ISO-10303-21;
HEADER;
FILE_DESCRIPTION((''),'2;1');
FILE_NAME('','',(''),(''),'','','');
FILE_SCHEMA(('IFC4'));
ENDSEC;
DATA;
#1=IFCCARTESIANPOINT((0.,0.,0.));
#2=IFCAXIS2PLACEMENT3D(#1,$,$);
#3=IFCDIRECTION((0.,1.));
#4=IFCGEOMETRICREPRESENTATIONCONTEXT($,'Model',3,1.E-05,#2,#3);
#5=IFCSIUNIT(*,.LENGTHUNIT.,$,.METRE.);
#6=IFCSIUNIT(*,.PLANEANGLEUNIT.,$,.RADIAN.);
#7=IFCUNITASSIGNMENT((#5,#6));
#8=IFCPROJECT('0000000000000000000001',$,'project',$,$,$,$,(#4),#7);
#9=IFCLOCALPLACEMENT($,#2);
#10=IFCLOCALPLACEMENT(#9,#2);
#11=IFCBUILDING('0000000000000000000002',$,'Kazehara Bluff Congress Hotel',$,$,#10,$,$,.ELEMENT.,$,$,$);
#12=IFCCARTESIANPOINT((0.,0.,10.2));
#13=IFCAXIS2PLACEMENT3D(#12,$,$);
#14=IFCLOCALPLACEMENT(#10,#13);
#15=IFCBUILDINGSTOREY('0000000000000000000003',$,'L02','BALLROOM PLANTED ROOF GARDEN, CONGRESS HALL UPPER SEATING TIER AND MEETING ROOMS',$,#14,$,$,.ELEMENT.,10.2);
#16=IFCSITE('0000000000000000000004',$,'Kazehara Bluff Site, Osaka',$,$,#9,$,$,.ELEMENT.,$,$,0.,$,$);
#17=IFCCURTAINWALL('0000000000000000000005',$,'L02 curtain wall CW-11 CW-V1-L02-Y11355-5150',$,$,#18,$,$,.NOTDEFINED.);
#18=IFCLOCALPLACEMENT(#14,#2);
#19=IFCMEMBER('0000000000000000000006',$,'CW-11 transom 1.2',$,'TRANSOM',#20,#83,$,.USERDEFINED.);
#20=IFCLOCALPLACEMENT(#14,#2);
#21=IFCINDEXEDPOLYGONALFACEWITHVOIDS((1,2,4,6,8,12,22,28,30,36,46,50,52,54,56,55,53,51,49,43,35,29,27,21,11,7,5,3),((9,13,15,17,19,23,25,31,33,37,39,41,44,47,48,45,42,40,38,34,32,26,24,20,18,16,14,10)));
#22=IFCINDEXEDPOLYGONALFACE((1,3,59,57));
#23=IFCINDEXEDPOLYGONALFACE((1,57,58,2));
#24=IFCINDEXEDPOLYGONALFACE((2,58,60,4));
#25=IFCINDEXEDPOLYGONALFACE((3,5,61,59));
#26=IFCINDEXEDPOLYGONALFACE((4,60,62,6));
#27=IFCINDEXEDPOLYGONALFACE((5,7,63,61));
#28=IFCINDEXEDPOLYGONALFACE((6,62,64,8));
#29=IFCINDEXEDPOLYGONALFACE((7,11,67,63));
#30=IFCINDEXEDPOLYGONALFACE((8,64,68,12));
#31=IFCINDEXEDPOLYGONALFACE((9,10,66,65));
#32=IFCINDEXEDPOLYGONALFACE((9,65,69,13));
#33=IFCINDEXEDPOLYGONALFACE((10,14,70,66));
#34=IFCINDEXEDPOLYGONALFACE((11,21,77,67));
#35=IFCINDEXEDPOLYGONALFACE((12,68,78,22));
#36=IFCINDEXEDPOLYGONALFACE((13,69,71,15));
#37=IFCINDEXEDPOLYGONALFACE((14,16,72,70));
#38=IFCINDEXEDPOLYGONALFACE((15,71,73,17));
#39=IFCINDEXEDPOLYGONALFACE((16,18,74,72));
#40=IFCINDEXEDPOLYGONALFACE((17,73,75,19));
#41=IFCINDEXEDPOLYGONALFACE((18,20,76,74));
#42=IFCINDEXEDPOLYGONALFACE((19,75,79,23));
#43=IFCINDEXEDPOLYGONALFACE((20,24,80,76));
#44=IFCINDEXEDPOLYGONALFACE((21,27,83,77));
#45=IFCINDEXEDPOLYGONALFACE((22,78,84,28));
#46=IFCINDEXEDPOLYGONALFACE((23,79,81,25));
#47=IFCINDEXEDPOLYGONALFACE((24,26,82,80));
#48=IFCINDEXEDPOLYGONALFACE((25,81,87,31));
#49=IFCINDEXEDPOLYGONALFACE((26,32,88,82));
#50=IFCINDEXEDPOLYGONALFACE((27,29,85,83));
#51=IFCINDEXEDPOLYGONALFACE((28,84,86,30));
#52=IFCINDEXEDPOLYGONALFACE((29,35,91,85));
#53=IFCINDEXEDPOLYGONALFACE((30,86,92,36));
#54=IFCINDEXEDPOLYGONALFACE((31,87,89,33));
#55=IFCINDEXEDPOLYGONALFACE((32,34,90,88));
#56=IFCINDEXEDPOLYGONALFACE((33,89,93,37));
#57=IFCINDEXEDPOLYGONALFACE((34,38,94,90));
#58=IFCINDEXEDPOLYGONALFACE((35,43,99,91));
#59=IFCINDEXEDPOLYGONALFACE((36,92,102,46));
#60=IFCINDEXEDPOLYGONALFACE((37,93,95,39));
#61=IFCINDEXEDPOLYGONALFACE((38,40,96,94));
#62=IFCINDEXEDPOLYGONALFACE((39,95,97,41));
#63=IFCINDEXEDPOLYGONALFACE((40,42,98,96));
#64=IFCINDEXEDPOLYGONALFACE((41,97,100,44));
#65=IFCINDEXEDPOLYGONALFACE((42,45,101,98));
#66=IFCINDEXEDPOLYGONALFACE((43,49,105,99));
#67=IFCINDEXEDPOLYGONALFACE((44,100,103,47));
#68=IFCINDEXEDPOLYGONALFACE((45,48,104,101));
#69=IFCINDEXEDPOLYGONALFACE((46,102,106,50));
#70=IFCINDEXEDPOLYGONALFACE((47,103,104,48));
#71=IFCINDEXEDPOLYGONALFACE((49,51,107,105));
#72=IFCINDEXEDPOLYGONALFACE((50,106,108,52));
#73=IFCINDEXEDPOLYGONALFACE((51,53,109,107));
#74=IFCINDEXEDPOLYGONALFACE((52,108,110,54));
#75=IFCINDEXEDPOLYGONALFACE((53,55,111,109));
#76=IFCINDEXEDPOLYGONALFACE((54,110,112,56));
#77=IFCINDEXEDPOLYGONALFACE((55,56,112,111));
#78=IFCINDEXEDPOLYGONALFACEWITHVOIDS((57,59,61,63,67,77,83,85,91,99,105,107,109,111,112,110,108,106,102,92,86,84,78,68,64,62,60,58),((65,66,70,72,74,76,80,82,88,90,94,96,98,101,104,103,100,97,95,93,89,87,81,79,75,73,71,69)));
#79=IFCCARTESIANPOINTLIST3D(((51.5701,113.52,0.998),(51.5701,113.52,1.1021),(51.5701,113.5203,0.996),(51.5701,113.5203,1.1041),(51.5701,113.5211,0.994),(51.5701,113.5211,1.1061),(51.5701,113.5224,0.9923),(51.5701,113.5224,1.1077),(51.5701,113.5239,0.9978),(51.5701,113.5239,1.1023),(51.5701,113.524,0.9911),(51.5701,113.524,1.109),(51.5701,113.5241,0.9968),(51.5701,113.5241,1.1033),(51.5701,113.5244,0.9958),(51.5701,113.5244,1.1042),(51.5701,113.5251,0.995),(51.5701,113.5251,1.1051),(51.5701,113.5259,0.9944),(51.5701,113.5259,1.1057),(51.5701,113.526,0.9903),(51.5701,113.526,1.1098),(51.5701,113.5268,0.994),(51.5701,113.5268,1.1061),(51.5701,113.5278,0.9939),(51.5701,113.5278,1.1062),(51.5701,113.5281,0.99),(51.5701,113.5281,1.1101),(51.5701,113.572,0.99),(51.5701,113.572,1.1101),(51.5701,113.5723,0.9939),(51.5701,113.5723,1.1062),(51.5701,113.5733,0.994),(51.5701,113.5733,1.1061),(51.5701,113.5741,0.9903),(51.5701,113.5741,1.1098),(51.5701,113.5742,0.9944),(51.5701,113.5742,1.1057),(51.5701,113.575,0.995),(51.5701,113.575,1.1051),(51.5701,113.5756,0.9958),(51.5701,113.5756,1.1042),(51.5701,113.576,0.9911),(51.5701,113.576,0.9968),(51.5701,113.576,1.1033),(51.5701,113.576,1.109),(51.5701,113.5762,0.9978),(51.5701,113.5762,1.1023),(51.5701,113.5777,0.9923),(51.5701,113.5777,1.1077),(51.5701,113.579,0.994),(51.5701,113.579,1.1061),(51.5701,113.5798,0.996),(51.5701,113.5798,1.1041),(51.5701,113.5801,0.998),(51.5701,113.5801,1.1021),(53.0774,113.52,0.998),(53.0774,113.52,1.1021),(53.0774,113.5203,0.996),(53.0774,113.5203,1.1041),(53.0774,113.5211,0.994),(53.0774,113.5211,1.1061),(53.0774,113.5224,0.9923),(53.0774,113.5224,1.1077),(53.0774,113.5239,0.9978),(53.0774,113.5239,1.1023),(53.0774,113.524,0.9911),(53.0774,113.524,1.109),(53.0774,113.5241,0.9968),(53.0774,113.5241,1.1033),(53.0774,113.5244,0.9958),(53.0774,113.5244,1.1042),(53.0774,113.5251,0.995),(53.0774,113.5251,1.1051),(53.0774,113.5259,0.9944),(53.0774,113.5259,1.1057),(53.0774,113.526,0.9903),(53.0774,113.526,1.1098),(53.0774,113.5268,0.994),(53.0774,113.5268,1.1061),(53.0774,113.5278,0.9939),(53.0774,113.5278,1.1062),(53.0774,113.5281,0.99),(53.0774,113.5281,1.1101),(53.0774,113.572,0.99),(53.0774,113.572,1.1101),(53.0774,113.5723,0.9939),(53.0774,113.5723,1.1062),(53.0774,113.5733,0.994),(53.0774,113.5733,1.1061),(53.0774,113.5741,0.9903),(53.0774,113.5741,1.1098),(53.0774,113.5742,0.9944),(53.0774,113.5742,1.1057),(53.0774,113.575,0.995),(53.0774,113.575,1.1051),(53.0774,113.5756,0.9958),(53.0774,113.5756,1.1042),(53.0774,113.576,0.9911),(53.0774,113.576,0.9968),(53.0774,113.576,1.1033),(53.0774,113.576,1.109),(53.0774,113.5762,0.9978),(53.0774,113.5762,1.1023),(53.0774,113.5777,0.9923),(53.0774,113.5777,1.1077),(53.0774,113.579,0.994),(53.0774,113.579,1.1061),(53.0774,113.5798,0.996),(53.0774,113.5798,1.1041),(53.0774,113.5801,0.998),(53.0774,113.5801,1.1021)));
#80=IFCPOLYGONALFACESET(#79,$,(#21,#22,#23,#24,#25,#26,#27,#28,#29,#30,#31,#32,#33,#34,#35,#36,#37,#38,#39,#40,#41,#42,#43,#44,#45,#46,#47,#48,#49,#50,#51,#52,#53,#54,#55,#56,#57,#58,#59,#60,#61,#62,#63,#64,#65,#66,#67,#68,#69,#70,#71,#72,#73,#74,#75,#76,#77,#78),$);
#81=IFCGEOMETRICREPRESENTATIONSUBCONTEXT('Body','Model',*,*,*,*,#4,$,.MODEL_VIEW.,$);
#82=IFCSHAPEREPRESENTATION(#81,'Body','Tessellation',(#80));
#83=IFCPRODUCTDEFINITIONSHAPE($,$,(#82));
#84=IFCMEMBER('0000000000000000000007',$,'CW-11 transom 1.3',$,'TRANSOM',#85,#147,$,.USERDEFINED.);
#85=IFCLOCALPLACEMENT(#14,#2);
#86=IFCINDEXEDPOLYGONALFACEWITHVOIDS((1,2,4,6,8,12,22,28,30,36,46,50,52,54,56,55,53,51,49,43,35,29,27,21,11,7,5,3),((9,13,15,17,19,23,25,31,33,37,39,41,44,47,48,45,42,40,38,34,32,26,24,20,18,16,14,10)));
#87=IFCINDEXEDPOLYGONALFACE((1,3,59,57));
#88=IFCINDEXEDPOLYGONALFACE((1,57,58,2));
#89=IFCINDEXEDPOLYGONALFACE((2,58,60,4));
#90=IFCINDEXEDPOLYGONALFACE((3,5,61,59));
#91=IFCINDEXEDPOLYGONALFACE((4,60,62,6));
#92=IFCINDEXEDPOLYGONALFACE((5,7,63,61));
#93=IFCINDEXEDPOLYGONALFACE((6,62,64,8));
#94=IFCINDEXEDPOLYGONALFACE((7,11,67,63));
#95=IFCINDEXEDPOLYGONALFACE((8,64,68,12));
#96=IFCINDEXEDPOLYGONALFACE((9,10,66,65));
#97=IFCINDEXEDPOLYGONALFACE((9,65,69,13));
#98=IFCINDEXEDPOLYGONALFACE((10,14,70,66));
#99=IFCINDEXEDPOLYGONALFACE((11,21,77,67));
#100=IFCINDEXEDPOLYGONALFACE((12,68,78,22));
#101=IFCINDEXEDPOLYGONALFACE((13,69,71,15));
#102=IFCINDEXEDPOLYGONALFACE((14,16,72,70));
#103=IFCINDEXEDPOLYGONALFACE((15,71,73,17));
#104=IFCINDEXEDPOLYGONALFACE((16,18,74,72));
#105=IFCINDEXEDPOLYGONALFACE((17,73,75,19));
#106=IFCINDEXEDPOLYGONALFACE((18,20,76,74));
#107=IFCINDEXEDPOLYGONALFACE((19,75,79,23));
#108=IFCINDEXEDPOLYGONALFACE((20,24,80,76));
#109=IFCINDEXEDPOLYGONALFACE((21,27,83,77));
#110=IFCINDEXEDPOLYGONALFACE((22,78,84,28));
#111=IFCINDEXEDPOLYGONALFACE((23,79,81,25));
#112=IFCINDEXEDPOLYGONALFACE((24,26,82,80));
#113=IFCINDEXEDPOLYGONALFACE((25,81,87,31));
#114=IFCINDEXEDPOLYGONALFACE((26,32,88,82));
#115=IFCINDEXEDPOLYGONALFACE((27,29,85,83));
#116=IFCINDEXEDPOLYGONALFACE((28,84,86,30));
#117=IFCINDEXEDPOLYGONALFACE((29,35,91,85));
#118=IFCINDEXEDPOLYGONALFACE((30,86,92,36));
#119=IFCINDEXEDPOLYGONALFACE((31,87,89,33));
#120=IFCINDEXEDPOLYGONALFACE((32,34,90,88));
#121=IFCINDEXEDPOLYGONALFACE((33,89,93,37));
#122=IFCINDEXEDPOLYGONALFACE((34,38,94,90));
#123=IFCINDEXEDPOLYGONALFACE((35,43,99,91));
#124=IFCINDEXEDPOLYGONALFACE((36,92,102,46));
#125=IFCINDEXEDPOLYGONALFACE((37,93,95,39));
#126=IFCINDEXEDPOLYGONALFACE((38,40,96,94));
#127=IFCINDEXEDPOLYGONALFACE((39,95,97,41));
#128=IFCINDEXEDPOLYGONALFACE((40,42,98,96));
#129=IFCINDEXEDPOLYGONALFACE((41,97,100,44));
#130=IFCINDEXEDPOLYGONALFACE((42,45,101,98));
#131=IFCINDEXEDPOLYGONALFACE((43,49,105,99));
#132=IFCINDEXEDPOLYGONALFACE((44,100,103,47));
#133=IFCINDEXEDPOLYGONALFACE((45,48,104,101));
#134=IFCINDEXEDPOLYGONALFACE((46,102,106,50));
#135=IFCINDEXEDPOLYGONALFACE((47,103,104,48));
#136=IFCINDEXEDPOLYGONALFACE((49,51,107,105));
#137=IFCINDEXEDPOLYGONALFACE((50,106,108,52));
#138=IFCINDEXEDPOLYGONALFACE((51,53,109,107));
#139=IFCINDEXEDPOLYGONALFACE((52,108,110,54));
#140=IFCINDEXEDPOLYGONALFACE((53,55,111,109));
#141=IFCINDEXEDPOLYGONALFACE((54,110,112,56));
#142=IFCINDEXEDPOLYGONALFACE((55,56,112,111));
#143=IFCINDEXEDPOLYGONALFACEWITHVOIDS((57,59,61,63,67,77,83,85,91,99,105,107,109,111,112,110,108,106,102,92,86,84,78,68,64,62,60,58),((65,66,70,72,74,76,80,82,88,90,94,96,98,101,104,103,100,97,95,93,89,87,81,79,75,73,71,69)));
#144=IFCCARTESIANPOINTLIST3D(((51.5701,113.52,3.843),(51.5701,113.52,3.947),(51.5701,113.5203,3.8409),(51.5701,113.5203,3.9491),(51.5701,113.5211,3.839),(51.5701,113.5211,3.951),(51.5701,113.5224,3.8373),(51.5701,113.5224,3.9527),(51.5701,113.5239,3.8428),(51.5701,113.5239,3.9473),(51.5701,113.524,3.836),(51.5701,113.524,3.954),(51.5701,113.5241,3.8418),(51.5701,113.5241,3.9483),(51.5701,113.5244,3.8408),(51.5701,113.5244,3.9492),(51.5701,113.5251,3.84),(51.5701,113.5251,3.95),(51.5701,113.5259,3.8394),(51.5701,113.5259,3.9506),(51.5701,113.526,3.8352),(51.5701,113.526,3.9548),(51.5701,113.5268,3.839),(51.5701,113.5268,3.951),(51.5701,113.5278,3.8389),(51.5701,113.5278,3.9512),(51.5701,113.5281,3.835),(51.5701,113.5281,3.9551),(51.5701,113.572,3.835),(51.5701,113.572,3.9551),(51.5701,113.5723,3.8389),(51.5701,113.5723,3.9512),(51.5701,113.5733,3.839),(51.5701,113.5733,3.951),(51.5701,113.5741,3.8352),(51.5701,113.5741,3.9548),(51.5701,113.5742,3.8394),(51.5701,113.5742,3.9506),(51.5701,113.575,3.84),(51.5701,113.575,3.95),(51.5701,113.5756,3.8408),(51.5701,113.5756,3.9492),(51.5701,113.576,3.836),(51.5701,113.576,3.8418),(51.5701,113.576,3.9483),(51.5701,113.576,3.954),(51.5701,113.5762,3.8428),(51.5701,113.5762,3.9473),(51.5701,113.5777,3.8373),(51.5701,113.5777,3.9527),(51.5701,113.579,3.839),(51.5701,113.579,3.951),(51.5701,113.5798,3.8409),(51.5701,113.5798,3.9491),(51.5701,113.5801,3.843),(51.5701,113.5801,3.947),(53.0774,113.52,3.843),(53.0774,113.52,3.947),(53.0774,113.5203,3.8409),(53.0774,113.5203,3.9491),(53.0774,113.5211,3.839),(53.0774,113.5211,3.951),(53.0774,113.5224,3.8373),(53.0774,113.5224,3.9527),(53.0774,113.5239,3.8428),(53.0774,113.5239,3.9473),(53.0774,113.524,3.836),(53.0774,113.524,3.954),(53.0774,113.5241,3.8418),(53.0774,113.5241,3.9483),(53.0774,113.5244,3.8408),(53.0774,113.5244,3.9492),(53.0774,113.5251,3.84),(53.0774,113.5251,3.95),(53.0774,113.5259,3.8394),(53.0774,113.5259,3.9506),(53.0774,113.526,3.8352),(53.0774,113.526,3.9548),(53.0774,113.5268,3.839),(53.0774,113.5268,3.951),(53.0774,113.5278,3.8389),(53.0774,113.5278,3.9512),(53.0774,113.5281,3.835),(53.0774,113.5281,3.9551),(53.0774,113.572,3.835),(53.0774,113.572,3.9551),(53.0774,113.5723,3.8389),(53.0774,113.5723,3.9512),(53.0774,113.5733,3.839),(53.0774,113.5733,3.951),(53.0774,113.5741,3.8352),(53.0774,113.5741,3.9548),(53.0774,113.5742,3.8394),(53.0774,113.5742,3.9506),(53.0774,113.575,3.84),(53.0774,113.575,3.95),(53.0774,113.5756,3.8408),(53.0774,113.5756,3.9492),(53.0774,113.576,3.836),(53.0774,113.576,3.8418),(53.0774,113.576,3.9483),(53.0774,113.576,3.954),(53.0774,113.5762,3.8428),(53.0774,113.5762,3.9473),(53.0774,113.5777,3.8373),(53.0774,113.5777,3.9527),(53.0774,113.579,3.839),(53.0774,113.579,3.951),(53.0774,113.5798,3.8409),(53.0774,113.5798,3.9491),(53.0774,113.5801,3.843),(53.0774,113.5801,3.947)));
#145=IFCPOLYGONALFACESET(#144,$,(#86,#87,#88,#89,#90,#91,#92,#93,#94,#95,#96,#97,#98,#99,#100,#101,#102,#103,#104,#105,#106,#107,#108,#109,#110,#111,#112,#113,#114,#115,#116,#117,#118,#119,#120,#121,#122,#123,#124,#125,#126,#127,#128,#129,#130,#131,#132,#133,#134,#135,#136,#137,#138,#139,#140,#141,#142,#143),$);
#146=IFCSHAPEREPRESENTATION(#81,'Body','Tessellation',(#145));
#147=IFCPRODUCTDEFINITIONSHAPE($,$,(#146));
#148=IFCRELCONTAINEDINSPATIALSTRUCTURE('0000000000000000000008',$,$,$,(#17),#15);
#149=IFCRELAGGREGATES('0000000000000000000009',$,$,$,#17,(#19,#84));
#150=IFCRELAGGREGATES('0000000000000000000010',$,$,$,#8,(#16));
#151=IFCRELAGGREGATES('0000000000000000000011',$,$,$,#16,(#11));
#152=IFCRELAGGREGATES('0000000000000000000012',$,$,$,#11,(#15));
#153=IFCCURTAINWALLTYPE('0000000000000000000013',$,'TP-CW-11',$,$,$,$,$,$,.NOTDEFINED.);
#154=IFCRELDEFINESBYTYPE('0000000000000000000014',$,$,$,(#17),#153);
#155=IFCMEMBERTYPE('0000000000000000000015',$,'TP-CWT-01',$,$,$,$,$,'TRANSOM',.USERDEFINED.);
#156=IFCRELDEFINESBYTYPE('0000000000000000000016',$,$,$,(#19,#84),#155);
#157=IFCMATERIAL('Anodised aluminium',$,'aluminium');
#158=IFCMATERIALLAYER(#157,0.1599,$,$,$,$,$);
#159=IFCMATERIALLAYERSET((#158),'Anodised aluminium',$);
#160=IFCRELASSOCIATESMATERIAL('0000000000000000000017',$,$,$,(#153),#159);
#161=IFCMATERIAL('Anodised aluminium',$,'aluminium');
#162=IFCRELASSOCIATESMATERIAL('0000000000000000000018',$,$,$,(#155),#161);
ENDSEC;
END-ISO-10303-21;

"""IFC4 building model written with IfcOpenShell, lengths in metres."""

from ifc_helpers import new_model, si_unit, direction, frame, origin, origin_2d, place, context, subcontext, project, spatial, hollow_rectangle, extrude, material, layer, layer_set, material_profile, profile_set, type_object, element, aggregate, save


model = new_model("IFC4")

# Units and contexts
model_context = context("Model", 3, precision=1e-05, world=origin(), true_north=direction((0.0, 1.0)))
body_context = subcontext(model_context, "Body", "Model", "MODEL_VIEW")
ifc_project = project(units=[si_unit("LENGTHUNIT", "METRE"), si_unit("PLANEANGLEUNIT", "RADIAN")], contexts=[model_context])

# Site, building, storey
site_placement = place(None, origin())
site = spatial("IfcSite", under=ifc_project, at=site_placement, Name="Kazehara Bluff Site, Osaka", CompositionType="ELEMENT", RefElevation=0.0)
building_placement = place(site_placement, origin())
building = spatial("IfcBuilding", under=site, at=building_placement, Name="Kazehara Bluff Congress Hotel", CompositionType="ELEMENT")
storey_placement = place(building_placement, frame((0.0, 0.0, 10.2)))
storey = spatial("IfcBuildingStorey", under=building, at=storey_placement, Name="L02", Description="BALLROOM PLANTED ROOF GARDEN, CONGRESS HALL UPPER SEATING TIER AND MEETING ROOMS", CompositionType="ELEMENT", Elevation=10.2)

# Curtain wall, members
ifc_material_1 = material(Name="Anodised aluminium", Category="aluminium")
ifc_layer_1 = layer(ifc_material_1, 0.1599)
ifc_layer_set_1 = layer_set([ifc_layer_1], Name="Anodised aluminium")
curtain_wall_type_1 = type_object("IfcCurtainWallType", Name="TP-CW-11", PredefinedType="NOTDEFINED", material=ifc_layer_set_1)
curtain_wall_1_placement = place(storey_placement, origin())
curtain_wall_1 = element("IfcCurtainWall", 1, at=curtain_wall_1_placement, inside=storey, type_object=curtain_wall_type_1, Name="L02 curtain wall CW-11 CW-V1-L02-Y11355-5150", PredefinedType="NOTDEFINED")
ifc_material_2 = material(Name="Anodised aluminium", Category="aluminium")
ifc_material_profile_1 = material_profile(ifc_material_2, hollow_rectangle(XDim=0.0601, YDim=0.1201, WallThickness=0.0039, InnerFilletRadius=0.0039, OuterFilletRadius=0.0081, at=origin_2d()))
ifc_profile_set_1 = profile_set([ifc_material_profile_1], Name="Anodised aluminium")
member_type_1 = type_object("IfcMemberType", Name="TP-CWT-01", ElementType="TRANSOM", PredefinedType="USERDEFINED", material=ifc_profile_set_1)
member_1_placement = place(storey_placement, frame((51.5701, 113.55, 1.05), z_axis=(1.0, 0.0, 0.0), x_axis=(0.0, 1.0, 0.0)))
member_1 = element("IfcMember", 2, at=member_1_placement, type_object=member_type_1, Name="CW-11 transom 1.2", ObjectType="TRANSOM", PredefinedType="USERDEFINED", context=body_context, shape_type="SweptSolid", body=[
    extrude(hollow_rectangle(XDim=0.0601, YDim=0.1201, WallThickness=0.0039, InnerFilletRadius=0.0039, OuterFilletRadius=0.0081, at=origin_2d()), origin(), (0.0, 0.0, 1.0), 1.5073),
])
member_2_placement = place(storey_placement, frame((51.5701, 113.55, 3.895), z_axis=(1.0, 0.0, 0.0), x_axis=(0.0, 1.0, 0.0)))
member_2 = element("IfcMember", 3, at=member_2_placement, type_object=member_type_1, Name="CW-11 transom 1.3", ObjectType="TRANSOM", PredefinedType="USERDEFINED", context=body_context, shape_type="SweptSolid", body=[
    extrude(hollow_rectangle(XDim=0.0601, YDim=0.1201, WallThickness=0.0039, InnerFilletRadius=0.0039, OuterFilletRadius=0.0081, at=origin_2d()), origin(), (0.0, 0.0, 1.0), 1.5073),
])

aggregate(curtain_wall_1, [member_1, member_2])

save(model, "model.ifc")
